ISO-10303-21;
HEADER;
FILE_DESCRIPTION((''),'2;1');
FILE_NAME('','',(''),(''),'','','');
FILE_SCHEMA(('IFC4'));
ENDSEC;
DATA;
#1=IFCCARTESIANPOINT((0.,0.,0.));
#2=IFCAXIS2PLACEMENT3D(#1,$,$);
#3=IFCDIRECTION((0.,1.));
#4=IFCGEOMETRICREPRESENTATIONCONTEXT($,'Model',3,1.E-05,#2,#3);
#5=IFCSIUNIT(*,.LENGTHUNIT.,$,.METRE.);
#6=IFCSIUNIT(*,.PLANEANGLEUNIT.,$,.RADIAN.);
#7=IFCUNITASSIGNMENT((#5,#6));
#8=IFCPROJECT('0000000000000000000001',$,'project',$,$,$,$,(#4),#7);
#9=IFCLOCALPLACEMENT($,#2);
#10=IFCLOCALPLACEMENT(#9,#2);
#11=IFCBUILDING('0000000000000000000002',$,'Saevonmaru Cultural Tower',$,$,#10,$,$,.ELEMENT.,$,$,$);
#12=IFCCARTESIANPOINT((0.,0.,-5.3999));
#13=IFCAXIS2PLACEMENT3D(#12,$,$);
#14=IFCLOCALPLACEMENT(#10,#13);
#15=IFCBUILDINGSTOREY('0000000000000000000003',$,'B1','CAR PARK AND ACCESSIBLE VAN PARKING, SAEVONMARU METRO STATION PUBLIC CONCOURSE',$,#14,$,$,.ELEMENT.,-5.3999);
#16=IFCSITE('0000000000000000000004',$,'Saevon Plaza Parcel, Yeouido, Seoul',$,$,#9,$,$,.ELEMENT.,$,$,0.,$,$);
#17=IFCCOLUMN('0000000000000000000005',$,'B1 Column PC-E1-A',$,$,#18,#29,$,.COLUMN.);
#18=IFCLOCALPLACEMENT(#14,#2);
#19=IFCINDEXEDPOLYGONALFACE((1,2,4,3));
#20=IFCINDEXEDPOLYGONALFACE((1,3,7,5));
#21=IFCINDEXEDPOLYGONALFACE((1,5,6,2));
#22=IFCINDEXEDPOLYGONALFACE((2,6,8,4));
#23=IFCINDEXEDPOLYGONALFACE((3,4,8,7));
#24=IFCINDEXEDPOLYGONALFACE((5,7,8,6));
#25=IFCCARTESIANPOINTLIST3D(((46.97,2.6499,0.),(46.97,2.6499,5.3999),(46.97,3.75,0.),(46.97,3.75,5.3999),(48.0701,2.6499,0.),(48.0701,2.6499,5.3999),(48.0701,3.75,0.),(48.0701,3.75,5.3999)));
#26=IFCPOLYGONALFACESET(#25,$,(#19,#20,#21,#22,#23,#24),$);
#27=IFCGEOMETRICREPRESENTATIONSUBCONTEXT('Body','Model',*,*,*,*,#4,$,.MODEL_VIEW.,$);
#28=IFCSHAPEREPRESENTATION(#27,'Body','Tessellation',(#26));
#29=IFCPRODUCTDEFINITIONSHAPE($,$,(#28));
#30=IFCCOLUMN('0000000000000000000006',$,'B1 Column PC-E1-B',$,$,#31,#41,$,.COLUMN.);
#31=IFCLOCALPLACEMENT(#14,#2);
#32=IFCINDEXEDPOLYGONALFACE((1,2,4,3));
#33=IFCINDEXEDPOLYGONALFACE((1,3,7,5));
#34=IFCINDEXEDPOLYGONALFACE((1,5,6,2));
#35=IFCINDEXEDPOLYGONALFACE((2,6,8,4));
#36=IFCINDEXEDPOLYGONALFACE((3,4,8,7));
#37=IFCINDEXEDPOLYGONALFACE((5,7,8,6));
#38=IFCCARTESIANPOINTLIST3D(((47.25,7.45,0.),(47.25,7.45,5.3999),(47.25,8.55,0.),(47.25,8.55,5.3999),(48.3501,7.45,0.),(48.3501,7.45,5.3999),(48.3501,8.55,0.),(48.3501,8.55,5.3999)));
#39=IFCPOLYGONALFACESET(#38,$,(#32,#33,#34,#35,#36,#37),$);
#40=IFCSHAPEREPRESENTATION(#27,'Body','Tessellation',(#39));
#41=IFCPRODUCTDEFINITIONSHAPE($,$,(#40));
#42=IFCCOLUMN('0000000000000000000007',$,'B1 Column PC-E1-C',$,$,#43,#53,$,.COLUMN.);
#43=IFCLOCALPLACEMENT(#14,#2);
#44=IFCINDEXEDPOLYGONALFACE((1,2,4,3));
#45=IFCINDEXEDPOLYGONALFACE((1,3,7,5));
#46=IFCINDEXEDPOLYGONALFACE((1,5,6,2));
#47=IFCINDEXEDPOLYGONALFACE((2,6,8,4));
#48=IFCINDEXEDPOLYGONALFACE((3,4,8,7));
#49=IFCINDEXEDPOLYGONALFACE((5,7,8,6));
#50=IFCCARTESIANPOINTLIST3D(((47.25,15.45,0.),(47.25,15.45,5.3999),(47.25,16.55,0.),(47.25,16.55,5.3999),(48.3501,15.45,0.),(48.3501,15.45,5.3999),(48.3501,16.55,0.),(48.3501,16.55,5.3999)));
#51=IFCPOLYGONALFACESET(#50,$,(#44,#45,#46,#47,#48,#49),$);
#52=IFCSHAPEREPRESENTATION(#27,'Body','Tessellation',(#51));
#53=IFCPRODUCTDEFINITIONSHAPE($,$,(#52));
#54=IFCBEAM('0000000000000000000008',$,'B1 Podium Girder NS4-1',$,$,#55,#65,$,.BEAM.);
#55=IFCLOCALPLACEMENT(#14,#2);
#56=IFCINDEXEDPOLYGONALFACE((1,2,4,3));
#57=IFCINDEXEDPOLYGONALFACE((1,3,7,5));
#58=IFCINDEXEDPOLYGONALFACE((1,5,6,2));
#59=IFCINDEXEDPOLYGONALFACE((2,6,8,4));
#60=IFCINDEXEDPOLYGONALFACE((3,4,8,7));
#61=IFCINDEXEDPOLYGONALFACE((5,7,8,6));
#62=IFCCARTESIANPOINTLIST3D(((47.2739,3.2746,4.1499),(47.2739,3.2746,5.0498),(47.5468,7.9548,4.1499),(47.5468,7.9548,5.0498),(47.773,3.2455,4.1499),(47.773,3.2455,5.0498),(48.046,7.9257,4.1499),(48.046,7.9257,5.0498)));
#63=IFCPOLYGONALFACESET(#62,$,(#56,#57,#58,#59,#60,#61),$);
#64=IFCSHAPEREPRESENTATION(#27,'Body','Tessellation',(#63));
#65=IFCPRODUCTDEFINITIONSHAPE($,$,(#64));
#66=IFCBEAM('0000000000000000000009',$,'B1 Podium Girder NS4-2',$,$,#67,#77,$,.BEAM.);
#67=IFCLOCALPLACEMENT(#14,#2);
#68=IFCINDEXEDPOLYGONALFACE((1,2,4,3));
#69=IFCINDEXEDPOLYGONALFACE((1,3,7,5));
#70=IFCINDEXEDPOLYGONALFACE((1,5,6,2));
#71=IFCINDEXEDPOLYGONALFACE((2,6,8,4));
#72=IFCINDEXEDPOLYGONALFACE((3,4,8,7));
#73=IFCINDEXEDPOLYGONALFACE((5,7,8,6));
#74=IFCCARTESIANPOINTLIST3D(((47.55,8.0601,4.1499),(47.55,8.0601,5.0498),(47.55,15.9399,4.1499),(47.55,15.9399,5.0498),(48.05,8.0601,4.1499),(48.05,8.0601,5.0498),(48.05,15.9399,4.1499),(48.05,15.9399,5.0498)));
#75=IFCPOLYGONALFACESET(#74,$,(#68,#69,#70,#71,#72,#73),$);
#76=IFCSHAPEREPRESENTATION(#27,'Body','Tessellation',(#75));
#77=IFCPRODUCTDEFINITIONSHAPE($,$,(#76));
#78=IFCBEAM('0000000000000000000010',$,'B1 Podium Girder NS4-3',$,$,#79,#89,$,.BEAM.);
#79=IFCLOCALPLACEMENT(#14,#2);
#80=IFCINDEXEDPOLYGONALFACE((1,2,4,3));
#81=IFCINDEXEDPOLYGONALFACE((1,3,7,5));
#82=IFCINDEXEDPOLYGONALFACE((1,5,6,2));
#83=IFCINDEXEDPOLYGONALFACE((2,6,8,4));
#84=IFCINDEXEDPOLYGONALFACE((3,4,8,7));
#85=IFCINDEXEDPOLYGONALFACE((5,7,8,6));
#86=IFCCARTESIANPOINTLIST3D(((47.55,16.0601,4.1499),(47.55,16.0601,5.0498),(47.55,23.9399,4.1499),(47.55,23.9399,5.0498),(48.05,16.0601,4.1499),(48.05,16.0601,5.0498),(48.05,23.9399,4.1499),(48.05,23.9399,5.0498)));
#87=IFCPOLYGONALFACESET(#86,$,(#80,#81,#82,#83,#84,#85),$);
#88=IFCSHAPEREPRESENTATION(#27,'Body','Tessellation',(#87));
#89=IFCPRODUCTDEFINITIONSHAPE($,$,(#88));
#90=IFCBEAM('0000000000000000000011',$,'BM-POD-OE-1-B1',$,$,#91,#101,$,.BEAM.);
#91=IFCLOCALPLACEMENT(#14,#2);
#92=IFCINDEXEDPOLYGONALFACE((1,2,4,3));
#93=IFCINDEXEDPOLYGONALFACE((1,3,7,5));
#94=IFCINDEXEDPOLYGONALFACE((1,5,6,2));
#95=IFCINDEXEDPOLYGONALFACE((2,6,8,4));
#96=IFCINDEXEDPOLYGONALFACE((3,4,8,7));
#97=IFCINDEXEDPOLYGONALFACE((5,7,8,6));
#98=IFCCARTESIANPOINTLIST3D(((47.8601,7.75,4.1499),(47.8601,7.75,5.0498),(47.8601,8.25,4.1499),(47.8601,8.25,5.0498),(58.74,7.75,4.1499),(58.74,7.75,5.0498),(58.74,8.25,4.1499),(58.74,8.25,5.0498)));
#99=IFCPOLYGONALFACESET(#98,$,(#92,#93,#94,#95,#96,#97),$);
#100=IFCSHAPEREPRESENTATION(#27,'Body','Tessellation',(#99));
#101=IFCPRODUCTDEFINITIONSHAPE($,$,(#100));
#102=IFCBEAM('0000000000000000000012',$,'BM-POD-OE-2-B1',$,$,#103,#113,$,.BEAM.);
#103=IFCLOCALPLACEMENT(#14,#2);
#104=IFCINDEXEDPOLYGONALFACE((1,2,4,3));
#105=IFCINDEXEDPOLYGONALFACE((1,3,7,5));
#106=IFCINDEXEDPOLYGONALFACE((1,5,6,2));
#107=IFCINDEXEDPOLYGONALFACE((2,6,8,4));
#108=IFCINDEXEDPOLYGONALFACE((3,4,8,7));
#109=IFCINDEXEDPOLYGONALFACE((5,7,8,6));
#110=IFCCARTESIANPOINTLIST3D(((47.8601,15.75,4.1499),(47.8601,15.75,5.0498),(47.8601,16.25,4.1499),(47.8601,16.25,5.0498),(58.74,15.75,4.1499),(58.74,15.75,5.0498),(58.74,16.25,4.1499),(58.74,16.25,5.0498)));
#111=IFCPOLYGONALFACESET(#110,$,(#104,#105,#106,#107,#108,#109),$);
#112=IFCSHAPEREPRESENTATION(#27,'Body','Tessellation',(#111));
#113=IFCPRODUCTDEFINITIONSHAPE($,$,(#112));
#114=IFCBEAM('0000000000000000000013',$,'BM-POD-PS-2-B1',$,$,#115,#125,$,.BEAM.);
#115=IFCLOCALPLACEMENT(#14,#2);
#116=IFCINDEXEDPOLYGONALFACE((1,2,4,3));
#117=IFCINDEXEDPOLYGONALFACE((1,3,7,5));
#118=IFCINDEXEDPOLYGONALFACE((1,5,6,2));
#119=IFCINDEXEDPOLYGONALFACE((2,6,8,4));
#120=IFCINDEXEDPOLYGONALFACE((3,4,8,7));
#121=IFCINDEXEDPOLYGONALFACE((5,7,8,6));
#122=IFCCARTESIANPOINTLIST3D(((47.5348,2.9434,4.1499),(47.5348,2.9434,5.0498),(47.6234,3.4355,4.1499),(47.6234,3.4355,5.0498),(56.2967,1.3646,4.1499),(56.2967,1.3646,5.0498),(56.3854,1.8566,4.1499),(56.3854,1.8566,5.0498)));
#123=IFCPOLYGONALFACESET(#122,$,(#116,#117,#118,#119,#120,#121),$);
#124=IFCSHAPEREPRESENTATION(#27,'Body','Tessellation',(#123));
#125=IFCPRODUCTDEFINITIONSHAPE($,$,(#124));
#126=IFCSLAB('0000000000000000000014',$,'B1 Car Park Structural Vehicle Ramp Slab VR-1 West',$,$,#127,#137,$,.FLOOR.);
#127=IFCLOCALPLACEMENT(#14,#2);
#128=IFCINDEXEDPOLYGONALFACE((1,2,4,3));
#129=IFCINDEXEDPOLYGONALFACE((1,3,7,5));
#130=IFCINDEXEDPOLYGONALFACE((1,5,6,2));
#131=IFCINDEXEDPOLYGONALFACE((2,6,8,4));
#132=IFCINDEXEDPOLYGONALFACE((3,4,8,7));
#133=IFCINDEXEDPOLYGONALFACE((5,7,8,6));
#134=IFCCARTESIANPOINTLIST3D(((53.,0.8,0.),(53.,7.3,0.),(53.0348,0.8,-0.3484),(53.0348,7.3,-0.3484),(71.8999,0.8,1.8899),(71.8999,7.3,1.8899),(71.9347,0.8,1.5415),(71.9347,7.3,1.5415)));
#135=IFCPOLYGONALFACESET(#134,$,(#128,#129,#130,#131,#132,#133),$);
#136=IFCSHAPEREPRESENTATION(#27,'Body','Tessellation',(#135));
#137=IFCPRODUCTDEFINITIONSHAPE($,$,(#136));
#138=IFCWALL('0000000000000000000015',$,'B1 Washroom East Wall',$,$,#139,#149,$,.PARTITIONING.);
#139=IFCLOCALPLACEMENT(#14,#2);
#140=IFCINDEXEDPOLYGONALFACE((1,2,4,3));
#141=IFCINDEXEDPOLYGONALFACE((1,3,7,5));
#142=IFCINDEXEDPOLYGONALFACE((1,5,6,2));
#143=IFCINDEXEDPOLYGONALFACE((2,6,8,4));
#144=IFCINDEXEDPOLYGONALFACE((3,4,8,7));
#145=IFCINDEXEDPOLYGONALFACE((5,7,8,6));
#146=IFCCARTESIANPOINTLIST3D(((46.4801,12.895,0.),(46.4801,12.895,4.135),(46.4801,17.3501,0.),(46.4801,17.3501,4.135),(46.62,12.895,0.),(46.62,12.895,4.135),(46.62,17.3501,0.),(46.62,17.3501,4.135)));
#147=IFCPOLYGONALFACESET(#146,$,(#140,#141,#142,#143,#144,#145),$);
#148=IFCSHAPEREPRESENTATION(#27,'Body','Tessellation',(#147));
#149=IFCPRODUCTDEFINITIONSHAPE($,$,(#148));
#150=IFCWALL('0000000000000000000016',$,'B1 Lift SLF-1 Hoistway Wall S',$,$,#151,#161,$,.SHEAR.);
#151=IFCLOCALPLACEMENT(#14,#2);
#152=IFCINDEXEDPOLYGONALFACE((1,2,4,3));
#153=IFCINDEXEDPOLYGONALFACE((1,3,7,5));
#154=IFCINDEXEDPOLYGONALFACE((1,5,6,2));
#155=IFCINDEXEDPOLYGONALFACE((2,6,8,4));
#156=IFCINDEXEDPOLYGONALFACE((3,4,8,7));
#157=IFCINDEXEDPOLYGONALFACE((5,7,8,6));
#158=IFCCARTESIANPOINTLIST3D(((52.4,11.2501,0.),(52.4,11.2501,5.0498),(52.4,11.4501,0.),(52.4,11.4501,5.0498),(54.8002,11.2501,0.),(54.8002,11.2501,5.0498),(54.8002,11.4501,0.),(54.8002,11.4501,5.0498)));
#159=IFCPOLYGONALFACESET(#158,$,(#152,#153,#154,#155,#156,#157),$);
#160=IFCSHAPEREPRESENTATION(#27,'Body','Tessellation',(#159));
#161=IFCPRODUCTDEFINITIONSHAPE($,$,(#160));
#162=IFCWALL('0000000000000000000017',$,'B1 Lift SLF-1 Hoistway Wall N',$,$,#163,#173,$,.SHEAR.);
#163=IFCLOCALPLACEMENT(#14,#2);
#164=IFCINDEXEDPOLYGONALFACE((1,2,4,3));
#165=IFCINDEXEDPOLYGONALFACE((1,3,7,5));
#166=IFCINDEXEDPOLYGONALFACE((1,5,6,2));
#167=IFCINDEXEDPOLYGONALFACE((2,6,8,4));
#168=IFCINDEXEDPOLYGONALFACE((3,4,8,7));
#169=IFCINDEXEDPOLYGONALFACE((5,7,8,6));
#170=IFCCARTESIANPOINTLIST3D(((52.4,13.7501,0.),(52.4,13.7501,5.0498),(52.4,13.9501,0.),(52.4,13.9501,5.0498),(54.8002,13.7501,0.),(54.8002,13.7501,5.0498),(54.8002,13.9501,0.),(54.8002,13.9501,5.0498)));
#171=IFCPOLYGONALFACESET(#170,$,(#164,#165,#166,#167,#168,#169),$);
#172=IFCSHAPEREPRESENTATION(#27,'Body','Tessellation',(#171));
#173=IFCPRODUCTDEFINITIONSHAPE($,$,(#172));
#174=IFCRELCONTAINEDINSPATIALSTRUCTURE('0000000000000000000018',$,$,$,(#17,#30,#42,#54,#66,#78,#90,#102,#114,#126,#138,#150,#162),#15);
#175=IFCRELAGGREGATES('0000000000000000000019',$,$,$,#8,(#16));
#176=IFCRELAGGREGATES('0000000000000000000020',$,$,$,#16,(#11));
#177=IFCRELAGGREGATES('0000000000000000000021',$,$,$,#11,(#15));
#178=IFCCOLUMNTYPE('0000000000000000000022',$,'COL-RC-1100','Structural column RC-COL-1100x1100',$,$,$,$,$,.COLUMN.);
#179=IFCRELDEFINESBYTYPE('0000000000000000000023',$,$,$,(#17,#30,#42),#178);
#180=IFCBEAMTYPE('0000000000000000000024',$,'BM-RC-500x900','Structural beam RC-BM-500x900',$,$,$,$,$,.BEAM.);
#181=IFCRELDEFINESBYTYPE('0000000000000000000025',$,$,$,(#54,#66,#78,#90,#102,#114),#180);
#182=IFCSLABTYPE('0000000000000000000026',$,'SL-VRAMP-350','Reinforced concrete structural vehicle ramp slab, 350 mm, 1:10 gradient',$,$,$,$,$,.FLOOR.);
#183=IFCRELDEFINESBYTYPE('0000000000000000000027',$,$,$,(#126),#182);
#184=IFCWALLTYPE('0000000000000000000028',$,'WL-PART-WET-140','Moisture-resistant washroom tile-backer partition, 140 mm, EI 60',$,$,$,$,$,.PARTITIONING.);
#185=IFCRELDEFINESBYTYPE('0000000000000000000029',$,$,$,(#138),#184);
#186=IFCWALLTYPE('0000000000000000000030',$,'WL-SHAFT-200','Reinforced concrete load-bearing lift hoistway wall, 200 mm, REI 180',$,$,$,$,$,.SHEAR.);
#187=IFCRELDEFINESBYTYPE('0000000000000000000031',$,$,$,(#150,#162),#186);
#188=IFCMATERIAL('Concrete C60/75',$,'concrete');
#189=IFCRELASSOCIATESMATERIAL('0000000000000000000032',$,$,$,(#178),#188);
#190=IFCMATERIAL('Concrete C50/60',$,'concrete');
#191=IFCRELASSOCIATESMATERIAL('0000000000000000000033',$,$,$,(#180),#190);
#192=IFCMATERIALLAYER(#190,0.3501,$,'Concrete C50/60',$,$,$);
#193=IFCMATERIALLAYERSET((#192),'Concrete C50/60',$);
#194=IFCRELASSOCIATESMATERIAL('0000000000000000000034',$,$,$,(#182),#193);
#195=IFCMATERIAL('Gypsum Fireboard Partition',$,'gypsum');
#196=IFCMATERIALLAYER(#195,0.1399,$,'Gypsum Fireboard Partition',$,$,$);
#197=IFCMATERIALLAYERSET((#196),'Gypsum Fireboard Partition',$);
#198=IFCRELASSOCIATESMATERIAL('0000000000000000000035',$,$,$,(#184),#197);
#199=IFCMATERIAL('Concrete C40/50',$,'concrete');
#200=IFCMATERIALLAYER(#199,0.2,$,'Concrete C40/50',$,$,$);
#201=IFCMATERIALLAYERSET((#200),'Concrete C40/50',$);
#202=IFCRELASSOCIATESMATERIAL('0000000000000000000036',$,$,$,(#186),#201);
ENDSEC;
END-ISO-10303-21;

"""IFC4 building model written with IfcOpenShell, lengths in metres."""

from ifc_helpers import new_model, si_unit, direction, frame, frame_2d, origin, origin_2d, place, context, subcontext, project, spatial, polyline, rectangle, outline, extrude, material, layer, layer_set, material_profile, profile_set, type_object, element, save


model = new_model("IFC4")

# Units and contexts
model_context = context("Model", 3, precision=1e-05, world=origin(), true_north=direction((0.0, 1.0)))
body_context = subcontext(model_context, "Body", "Model", "MODEL_VIEW")
ifc_project = project(units=[si_unit("LENGTHUNIT", "METRE"), si_unit("PLANEANGLEUNIT", "RADIAN")], contexts=[model_context])

# Site, building, storey
site_placement = place(None, origin())
site = spatial("IfcSite", under=ifc_project, at=site_placement, Name="Saevon Plaza Parcel, Yeouido, Seoul", CompositionType="ELEMENT", RefElevation=0.0)
building_placement = place(site_placement, origin())
building = spatial("IfcBuilding", under=site, at=building_placement, Name="Saevonmaru Cultural Tower", CompositionType="ELEMENT")
storey_placement = place(building_placement, frame((0.0, 0.0, -5.3999)))
storey = spatial("IfcBuildingStorey", under=building, at=storey_placement, Name="B1", Description="CAR PARK AND ACCESSIBLE VAN PARKING, SAEVONMARU METRO STATION PUBLIC CONCOURSE", CompositionType="ELEMENT", Elevation=-5.3999)

# Columns
ifc_material_1 = material(Name="Concrete C60/75", Category="concrete")
ifc_material_profile_1 = material_profile(ifc_material_1, rectangle(XDim=1.1001, YDim=1.1001, at=origin_2d()), Name="RC-COL-1100x1100")
ifc_profile_set_1 = profile_set([ifc_material_profile_1], Name="Concrete C60/75")
column_type = type_object("IfcColumnType", Name="COL-RC-1100", Description="Structural column RC-COL-1100x1100", PredefinedType="COLUMN", material=ifc_profile_set_1)
for number, where, z_axis, x_axis, name in (
    (1, (47.52, 3.2, 0.0), (0.0, 0.0, 1.0), (1.0, 0.0, 0.0), "B1 Column PC-E1-A"),
    (2, (47.8, 8.0, 0.0), (0.0, 0.0, 1.0), (1.0, 0.0, 0.0), "B1 Column PC-E1-B"),
    (3, (47.8, 16.0, 0.0), (0.0, 0.0, 1.0), (1.0, 0.0, 0.0), "B1 Column PC-E1-C"),
):
    element("IfcColumn", number, at=place(storey_placement, frame(where, z_axis=z_axis, x_axis=x_axis)), inside=storey, type_object=column_type, Name=name, PredefinedType="COLUMN", context=body_context, shape_type="SweptSolid", body=[
        extrude(rectangle(XDim=1.1001, YDim=1.1001, at=origin_2d()), origin(), (0.0, 0.0, 1.0), 5.3999),
    ])

# Beams
ifc_material_2 = material(Name="Concrete C50/60", Category="concrete")
ifc_material_profile_2 = material_profile(ifc_material_2, rectangle(XDim=0.5, YDim=0.8999, at=origin_2d()), Name="RC-BM-500x900")
ifc_profile_set_2 = profile_set([ifc_material_profile_2], Name="Concrete C50/60")
beam_type = type_object("IfcBeamType", Name="BM-RC-500x900", Description="Structural beam RC-BM-500x900", PredefinedType="BEAM", material=ifc_profile_set_2)
beam_1_placement = place(storey_placement, frame((47.5234, 3.26, 4.5999), z_axis=(0.058221, 0.998304, 0.0), x_axis=(-0.998304, 0.058221, 0.0)))
element("IfcBeam", 4, at=beam_1_placement, inside=storey, type_object=beam_type, Name="B1 Podium Girder NS4-1", PredefinedType="BEAM", context=body_context, shape_type="SweptSolid", body=[
    extrude(rectangle(XDim=0.5, YDim=0.8999, at=origin_2d()), origin(), (0.0, 0.0, 1.0), 4.6882),
])
for number, where, z_axis, x_axis, name in (
    (5, (47.8, 8.0601, 4.5999), (0.0, 1.0, 0.0), (-1.0, 0.0, 0.0), "B1 Podium Girder NS4-2"),
    (6, (47.8, 16.0601, 4.5999), (0.0, 1.0, 0.0), (-1.0, 0.0, 0.0), "B1 Podium Girder NS4-3"),
):
    element("IfcBeam", number, at=place(storey_placement, frame(where, z_axis=z_axis, x_axis=x_axis)), inside=storey, type_object=beam_type, Name=name, PredefinedType="BEAM", context=body_context, shape_type="SweptSolid", body=[
        extrude(rectangle(XDim=0.5, YDim=0.8999, at=origin_2d()), origin(), (0.0, 0.0, 1.0), 7.8799),
    ])
for number, where, z_axis, x_axis, name in (
    (7, (47.8601, 8.0, 4.5999), (1.0, 0.0, 0.0), (0.0, 1.0, 0.0), "BM-POD-OE-1-B1"),
    (8, (47.8601, 16.0, 4.5999), (1.0, 0.0, 0.0), (0.0, 1.0, 0.0), "BM-POD-OE-2-B1"),
):
    element("IfcBeam", number, at=place(storey_placement, frame(where, z_axis=z_axis, x_axis=x_axis)), inside=storey, type_object=beam_type, Name=name, PredefinedType="BEAM", context=body_context, shape_type="SweptSolid", body=[
        extrude(rectangle(XDim=0.5, YDim=0.8999, at=origin_2d()), origin(), (0.0, 0.0, 1.0), 10.8799),
    ])
beam_2_placement = place(storey_placement, frame((47.5791, 3.1895, 4.5999), z_axis=(0.98415, -0.177338, 0.0), x_axis=(0.177338, 0.98415, 0.0)))
element("IfcBeam", 9, at=beam_2_placement, inside=storey, type_object=beam_type, Name="BM-POD-PS-2-B1", PredefinedType="BEAM", context=body_context, shape_type="SweptSolid", body=[
    extrude(rectangle(XDim=0.5, YDim=0.8999, at=origin_2d()), origin(), (0.0, 0.0, 1.0), 8.9031),
])

# Slab
ifc_layer_1 = layer(ifc_material_2, 0.3501, Name="Concrete C50/60")
ifc_layer_set_1 = layer_set([ifc_layer_1], Name="Concrete C50/60")
slab_type = type_object("IfcSlabType", Name="SL-VRAMP-350", Description="Reinforced concrete structural vehicle ramp slab, 350 mm, 1:10 gradient", PredefinedType="FLOOR", material=ifc_layer_set_1)
slab_placement = place(storey_placement, frame((53.0, 0.8, 0.0), z_axis=(-0.099499, 0.0, 0.995038), x_axis=(0.995038, 0.0, 0.099499)))
element("IfcSlab", 10, at=slab_placement, inside=storey, type_object=slab_type, Name="B1 Car Park Structural Vehicle Ramp Slab VR-1 West", PredefinedType="FLOOR", context=body_context, shape_type="SweptSolid", body=[
    extrude(outline(polyline([(0.0, 0.0), (18.9942, 0.0), (18.9942, 6.5), (0.0, 6.5), (0.0, 0.0)])), origin(), (0.0, 0.0, -1.0), 0.3501),
])

# Walls
ifc_material_3 = material(Name="Gypsum Fireboard Partition", Category="gypsum")
ifc_layer_2 = layer(ifc_material_3, 0.1399, Name="Gypsum Fireboard Partition")
ifc_layer_set_2 = layer_set([ifc_layer_2], Name="Gypsum Fireboard Partition")
wall_type_1 = type_object("IfcWallType", Name="WL-PART-WET-140", Description="Moisture-resistant washroom tile-backer partition, 140 mm, EI 60", PredefinedType="PARTITIONING", material=ifc_layer_set_2)
wall_1_placement = place(storey_placement, frame((46.55, 12.895, 0.0), z_axis=(0.0, 0.0, 1.0), x_axis=(0.0, 1.0, 0.0)))
element("IfcWall", 11, at=wall_1_placement, inside=storey, type_object=wall_type_1, Name="B1 Washroom East Wall", PredefinedType="PARTITIONING", context=body_context, shape_type="SweptSolid", body=[
    extrude(rectangle(XDim=4.4551, YDim=0.1399, at=frame_2d((2.2275, 0.0))), origin(), (0.0, 0.0, 1.0), 4.135),
])
ifc_material_4 = material(Name="Concrete C40/50", Category="concrete")
ifc_layer_3 = layer(ifc_material_4, 0.2, Name="Concrete C40/50")
ifc_layer_set_3 = layer_set([ifc_layer_3], Name="Concrete C40/50")
wall_type_2 = type_object("IfcWallType", Name="WL-SHAFT-200", Description="Reinforced concrete load-bearing lift hoistway wall, 200 mm, REI 180", PredefinedType="SHEAR", material=ifc_layer_set_3)
for number, where, z_axis, x_axis, name in (
    (12, (52.3999, 11.3501, 0.0), (0.0, 0.0, 1.0), (1.0, 0.0, 0.0), "B1 Lift SLF-1 Hoistway Wall S"),
    (13, (52.3999, 13.8501, 0.0), (0.0, 0.0, 1.0), (1.0, 0.0, 0.0), "B1 Lift SLF-1 Hoistway Wall N"),
):
    element("IfcWall", number, at=place(storey_placement, frame(where, z_axis=z_axis, x_axis=x_axis)), inside=storey, type_object=wall_type_2, Name=name, PredefinedType="SHEAR", context=body_context, shape_type="SweptSolid", body=[
        extrude(rectangle(XDim=2.4001, YDim=0.2, at=frame_2d((1.2002, 0.0))), origin(), (0.0, 0.0, 1.0), 5.0498),
    ])

save(model, "model.ifc")
